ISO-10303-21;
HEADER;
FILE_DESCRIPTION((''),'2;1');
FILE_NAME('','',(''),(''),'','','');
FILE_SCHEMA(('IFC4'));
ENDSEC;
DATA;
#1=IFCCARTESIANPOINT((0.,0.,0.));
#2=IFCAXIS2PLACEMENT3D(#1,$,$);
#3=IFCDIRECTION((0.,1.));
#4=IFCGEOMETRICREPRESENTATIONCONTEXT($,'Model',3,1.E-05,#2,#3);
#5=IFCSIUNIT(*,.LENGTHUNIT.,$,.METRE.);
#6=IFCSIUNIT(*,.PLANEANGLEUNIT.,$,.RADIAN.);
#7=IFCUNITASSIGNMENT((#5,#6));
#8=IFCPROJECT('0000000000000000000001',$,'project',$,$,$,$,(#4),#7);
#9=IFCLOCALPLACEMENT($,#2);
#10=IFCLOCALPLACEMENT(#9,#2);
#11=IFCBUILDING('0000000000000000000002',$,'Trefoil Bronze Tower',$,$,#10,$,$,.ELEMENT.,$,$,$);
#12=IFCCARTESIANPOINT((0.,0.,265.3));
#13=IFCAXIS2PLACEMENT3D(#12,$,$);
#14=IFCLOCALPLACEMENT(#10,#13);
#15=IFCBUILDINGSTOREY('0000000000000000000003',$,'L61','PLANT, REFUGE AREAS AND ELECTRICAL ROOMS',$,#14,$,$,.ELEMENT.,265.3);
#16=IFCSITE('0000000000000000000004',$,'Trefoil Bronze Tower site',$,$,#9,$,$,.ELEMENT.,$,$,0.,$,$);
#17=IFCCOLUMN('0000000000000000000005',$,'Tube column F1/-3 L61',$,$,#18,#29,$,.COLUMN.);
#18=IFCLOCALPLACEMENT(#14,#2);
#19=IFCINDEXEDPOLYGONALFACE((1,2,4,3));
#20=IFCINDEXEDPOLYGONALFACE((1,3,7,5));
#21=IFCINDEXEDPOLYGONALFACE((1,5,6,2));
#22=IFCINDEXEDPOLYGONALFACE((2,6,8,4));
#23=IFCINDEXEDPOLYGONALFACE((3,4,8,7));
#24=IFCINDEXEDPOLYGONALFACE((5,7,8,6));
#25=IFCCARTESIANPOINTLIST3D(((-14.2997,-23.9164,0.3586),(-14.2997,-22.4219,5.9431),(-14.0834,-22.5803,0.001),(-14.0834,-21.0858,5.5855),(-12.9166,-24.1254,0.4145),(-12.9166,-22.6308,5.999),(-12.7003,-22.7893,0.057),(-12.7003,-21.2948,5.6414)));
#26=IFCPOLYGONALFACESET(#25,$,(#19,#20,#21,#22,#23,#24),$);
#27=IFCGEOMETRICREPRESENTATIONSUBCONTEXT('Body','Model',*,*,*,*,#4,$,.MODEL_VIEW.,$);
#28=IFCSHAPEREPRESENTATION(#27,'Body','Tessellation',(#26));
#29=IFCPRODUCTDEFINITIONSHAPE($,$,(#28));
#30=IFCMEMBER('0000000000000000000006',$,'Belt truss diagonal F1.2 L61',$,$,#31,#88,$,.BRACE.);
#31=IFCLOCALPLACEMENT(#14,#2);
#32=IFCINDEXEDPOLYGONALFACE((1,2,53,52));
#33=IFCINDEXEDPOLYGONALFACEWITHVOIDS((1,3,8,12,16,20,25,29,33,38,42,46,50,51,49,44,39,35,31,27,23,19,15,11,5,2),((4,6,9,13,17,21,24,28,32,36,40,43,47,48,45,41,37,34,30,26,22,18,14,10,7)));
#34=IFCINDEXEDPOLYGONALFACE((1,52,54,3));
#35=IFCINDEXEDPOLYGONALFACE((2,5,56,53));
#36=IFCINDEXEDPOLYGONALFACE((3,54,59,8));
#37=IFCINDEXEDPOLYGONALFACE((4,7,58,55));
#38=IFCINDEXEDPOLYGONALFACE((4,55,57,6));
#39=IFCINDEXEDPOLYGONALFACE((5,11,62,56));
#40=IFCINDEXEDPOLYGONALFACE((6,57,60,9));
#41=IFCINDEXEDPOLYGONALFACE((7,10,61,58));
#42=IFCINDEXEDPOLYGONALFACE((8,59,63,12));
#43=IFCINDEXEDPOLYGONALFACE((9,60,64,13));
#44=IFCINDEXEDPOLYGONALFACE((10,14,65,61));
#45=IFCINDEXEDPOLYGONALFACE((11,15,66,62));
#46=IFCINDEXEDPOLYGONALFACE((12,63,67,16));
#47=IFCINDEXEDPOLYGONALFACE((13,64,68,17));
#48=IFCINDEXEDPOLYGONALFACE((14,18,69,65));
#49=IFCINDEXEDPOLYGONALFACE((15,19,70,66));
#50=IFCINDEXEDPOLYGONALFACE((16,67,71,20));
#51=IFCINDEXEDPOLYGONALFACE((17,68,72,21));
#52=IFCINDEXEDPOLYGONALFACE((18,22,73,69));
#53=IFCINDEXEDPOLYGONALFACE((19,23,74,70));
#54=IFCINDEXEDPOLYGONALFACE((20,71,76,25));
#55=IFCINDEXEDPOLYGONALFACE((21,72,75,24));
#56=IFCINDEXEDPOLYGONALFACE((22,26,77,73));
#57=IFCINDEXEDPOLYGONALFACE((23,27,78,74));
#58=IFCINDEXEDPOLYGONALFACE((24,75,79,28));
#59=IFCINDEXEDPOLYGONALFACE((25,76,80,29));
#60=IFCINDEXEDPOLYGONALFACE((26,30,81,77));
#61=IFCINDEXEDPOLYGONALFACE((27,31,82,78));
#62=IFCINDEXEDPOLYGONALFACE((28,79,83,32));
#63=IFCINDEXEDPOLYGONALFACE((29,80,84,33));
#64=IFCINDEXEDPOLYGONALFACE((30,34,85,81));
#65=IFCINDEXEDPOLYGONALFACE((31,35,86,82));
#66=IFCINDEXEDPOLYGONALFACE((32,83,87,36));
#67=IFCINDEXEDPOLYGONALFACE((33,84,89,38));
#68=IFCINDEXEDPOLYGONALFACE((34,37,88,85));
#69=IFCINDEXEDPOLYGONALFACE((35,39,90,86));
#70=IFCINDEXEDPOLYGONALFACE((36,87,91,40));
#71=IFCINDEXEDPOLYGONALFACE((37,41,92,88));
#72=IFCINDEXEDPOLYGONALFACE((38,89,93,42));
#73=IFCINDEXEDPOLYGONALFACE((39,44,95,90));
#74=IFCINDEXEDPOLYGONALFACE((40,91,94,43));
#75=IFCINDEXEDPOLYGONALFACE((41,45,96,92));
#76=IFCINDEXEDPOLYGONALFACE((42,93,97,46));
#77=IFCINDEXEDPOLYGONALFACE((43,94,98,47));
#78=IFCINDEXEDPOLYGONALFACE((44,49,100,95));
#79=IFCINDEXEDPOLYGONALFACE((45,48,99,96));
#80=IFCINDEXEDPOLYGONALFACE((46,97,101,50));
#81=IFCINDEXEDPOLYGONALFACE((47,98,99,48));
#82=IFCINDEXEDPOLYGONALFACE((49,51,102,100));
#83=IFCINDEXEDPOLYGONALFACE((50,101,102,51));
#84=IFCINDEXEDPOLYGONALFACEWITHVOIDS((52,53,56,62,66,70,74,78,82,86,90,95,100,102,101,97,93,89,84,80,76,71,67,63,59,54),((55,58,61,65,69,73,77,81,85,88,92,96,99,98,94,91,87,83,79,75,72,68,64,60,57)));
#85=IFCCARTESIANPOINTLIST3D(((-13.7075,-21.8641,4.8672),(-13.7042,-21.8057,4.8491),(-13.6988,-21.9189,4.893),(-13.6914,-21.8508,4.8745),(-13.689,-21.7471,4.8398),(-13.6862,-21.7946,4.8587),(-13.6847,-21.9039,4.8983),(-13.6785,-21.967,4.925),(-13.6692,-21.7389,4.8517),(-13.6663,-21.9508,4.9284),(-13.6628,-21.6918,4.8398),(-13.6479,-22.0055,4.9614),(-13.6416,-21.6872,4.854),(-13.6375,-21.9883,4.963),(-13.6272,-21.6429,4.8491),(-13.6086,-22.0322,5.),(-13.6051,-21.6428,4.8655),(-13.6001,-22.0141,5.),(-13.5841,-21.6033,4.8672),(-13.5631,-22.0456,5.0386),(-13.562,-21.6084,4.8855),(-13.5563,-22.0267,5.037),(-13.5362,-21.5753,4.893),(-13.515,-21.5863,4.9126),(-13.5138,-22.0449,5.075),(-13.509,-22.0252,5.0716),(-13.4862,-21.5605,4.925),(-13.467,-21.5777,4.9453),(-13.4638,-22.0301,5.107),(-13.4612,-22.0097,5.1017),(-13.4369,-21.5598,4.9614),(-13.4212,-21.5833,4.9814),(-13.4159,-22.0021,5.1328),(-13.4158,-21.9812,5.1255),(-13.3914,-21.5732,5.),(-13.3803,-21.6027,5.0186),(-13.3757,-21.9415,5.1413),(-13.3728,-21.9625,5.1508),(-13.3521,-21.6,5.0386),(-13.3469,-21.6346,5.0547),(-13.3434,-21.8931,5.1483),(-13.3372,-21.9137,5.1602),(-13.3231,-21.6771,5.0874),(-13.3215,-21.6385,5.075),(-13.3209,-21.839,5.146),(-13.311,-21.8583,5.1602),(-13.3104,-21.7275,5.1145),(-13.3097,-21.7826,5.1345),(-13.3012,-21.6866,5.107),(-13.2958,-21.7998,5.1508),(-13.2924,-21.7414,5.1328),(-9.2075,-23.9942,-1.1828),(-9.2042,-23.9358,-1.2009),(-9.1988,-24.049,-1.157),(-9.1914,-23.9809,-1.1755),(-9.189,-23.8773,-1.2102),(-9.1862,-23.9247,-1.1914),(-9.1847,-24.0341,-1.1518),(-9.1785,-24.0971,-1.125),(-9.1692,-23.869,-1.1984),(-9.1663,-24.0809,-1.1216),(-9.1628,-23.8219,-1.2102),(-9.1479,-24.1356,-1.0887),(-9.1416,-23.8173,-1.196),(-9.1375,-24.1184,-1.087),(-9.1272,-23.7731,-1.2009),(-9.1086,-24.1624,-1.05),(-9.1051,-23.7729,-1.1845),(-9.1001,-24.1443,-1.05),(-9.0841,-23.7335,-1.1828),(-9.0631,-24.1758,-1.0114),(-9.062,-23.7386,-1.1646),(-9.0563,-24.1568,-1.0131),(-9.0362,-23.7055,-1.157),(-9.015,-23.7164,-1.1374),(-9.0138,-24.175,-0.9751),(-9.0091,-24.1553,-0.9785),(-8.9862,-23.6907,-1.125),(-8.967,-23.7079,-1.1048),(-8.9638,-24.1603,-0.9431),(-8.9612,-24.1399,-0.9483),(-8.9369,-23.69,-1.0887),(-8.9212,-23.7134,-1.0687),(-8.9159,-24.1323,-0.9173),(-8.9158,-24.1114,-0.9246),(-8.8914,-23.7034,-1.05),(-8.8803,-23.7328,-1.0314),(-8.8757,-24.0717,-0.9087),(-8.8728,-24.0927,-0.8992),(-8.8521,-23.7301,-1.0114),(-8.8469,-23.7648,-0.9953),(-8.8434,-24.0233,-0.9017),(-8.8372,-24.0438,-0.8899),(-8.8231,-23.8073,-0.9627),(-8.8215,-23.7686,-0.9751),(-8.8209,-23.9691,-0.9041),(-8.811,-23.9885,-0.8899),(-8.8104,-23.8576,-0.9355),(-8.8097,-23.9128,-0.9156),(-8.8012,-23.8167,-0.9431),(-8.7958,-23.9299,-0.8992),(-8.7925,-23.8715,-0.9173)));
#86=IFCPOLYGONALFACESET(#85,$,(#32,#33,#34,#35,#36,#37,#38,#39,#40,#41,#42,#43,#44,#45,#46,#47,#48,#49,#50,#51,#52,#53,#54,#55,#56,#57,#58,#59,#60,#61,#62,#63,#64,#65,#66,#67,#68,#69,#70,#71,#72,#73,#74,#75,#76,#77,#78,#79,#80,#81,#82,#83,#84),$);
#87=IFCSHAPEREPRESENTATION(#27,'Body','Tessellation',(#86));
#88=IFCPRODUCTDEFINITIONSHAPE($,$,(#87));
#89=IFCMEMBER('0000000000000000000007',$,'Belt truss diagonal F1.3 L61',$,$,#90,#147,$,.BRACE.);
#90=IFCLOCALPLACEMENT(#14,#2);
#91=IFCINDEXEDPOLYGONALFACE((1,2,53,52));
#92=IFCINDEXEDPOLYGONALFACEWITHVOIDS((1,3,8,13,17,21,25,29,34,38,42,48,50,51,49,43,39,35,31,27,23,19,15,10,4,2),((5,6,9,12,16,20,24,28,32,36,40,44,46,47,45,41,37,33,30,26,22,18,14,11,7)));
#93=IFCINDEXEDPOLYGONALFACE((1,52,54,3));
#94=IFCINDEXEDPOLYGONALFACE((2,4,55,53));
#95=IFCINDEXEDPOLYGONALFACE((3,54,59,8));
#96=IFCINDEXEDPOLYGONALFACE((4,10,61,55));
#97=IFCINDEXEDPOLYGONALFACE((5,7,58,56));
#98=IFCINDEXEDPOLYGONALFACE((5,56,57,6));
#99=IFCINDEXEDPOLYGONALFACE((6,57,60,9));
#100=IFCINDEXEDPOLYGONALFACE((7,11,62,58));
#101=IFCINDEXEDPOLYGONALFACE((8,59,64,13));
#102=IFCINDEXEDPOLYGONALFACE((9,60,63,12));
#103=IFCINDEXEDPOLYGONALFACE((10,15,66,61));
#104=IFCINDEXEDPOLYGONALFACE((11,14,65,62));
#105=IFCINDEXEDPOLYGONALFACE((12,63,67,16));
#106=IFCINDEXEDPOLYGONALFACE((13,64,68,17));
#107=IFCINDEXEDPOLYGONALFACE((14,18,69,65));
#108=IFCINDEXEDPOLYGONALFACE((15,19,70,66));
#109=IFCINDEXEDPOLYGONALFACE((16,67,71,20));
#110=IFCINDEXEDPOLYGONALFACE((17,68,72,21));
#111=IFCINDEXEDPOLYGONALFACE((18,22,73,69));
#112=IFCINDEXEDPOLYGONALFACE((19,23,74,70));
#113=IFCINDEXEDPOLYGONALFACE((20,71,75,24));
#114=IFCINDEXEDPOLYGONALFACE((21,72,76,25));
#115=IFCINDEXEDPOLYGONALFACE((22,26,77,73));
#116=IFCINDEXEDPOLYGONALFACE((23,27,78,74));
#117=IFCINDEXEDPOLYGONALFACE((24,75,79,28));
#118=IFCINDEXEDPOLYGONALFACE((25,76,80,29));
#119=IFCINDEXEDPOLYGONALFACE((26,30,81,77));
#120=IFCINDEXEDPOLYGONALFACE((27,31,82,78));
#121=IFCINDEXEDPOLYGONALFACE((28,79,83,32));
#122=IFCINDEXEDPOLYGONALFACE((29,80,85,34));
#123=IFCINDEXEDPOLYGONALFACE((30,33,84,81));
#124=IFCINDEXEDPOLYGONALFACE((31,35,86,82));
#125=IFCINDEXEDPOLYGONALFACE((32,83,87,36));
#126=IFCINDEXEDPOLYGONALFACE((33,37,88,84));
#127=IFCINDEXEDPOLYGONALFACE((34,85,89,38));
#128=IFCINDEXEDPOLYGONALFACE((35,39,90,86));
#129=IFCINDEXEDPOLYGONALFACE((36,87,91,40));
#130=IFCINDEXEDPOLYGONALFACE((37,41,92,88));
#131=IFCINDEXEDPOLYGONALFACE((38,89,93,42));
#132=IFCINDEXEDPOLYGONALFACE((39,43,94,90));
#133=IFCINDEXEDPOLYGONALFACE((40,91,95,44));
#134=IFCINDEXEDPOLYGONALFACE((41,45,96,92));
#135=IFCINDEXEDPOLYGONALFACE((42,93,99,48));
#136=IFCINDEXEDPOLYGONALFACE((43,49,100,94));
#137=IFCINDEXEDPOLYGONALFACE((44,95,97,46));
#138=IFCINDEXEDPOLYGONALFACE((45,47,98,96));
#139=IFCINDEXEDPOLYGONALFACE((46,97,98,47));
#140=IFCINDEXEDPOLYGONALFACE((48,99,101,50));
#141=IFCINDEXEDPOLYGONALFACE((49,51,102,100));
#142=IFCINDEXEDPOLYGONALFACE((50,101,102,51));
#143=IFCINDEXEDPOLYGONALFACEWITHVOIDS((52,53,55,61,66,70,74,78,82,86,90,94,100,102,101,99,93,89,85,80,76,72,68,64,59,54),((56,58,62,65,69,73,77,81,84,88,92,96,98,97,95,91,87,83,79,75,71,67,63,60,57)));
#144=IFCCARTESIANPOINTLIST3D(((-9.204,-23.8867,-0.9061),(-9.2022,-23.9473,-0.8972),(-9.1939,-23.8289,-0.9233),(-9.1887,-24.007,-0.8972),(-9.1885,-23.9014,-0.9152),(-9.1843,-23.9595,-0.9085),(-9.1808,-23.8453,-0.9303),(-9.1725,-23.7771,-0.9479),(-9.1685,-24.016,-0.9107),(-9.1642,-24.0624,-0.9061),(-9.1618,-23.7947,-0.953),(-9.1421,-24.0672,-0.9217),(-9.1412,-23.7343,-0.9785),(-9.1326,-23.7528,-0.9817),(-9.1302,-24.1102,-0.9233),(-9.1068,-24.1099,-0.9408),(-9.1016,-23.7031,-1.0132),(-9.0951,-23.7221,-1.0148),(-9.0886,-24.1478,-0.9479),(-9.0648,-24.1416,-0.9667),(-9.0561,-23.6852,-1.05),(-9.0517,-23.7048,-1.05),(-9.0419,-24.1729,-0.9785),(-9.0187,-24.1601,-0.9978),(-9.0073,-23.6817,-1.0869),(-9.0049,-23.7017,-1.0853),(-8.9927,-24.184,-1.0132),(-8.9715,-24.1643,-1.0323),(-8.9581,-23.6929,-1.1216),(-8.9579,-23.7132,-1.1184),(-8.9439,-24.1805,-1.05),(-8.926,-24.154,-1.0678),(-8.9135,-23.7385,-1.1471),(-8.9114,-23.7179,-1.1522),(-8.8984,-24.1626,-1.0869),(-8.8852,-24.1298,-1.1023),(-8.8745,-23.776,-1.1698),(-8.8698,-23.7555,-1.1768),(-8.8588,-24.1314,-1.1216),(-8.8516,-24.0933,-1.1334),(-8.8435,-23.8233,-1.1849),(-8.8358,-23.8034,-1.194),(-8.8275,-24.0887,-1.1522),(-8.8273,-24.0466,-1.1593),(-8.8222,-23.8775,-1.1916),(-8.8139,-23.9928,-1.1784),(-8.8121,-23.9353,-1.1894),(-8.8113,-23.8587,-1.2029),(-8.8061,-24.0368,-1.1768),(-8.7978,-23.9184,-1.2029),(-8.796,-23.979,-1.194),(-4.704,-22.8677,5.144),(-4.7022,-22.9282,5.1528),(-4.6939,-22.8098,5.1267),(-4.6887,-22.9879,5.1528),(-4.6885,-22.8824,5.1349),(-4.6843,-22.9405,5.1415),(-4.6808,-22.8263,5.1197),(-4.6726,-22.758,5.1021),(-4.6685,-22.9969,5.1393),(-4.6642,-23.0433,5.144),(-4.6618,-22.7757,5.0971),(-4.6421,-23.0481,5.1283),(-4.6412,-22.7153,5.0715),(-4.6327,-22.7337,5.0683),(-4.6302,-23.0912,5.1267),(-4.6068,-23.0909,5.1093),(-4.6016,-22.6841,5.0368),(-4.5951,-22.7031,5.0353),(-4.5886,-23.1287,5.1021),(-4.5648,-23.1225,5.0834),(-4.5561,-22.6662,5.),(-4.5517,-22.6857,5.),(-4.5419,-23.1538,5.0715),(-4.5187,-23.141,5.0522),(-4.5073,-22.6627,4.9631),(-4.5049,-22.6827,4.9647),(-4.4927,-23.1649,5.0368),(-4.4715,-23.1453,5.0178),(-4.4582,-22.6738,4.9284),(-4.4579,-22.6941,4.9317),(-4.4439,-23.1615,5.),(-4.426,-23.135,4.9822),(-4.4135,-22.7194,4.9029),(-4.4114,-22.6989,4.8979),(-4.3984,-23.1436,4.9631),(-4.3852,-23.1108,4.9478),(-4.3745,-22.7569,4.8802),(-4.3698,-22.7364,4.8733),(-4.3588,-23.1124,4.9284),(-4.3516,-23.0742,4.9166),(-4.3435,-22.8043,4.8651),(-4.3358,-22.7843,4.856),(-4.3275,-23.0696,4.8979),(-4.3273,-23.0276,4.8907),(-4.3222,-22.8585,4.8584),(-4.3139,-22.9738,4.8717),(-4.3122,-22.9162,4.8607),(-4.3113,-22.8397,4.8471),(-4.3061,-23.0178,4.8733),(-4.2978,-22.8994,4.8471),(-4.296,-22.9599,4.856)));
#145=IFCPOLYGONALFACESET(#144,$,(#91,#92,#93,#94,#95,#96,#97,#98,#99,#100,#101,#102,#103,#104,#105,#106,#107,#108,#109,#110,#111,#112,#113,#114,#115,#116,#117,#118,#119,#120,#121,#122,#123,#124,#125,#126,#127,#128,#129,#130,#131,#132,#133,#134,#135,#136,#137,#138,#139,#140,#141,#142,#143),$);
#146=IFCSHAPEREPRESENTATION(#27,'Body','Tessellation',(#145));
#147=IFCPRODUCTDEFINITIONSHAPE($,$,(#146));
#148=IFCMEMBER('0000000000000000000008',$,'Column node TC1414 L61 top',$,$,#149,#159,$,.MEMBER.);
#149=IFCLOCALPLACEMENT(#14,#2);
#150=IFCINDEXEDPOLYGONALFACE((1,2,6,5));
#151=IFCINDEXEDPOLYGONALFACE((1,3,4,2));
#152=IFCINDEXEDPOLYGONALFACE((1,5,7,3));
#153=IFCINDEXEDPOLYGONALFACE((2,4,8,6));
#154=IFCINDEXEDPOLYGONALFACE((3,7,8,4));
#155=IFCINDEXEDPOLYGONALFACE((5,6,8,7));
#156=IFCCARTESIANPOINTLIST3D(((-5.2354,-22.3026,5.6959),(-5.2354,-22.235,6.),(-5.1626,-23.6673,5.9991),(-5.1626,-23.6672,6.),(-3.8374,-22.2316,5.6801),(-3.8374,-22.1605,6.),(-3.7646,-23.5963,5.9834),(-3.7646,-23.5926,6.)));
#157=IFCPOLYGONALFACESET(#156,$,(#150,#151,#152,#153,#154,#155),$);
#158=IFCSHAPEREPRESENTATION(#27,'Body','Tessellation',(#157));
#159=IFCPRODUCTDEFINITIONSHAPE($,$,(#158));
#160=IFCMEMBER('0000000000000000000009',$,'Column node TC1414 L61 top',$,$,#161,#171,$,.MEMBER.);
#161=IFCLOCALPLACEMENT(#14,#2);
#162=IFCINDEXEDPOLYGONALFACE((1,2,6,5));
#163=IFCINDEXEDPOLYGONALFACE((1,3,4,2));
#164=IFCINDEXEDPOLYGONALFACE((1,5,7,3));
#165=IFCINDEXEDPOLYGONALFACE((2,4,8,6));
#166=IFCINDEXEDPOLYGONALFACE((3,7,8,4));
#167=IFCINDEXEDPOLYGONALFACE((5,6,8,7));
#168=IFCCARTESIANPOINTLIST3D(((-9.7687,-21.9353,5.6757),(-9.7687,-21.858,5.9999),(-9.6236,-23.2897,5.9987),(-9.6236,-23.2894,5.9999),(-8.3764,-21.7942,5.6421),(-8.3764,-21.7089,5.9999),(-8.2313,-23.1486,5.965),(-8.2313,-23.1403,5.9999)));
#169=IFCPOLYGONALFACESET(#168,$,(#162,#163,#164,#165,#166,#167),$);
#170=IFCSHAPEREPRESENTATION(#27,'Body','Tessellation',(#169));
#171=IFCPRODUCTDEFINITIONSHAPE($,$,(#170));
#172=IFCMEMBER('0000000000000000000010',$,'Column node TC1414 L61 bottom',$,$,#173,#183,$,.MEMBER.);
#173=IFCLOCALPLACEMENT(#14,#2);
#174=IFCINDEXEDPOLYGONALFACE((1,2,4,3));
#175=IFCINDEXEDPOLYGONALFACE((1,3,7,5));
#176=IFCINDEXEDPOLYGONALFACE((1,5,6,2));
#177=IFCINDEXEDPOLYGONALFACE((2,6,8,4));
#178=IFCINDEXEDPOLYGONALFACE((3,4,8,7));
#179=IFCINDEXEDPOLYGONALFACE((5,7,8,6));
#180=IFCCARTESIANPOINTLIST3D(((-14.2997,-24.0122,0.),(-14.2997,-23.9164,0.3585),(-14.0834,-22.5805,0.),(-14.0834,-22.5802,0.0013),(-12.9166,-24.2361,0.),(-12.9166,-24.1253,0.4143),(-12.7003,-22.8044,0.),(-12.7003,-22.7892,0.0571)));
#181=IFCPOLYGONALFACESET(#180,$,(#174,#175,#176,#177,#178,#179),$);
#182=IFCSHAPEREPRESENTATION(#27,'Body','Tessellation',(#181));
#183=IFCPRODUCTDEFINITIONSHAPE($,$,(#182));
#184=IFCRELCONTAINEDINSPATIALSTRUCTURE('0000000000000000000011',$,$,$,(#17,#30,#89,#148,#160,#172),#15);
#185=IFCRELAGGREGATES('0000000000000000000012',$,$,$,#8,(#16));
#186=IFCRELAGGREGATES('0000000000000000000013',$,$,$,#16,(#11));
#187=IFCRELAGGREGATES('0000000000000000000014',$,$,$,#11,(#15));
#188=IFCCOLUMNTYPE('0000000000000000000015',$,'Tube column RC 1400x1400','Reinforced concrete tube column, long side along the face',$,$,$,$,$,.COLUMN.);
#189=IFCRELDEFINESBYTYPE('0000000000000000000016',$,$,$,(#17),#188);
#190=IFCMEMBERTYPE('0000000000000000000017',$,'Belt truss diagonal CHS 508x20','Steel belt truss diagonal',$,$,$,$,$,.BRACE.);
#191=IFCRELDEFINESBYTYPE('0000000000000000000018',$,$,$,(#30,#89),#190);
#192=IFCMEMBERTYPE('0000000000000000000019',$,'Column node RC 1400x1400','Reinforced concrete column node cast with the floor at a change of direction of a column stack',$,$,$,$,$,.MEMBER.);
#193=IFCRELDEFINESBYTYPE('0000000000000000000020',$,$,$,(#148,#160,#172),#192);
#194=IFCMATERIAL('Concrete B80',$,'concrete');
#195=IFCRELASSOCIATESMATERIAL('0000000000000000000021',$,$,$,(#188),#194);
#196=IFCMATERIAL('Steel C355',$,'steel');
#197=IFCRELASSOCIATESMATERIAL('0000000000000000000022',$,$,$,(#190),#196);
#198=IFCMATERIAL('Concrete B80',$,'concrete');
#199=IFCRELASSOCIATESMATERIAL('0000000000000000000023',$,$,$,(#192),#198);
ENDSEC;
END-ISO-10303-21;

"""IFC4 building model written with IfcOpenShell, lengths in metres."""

from ifc_helpers import new_model, si_unit, direction, frame, origin, origin_2d, place, context, subcontext, project, spatial, rectangle, hollow_circle, extrude, clip, halfspace, material, material_profile, profile_set, type_object, element, save


model = new_model("IFC4")

# Units and contexts
model_context = context("Model", 3, precision=1e-05, world=origin(), true_north=direction((0.0, 1.0)))
body_context = subcontext(model_context, "Body", "Model", "MODEL_VIEW")
ifc_project = project(units=[si_unit("LENGTHUNIT", "METRE"), si_unit("PLANEANGLEUNIT", "RADIAN")], contexts=[model_context])

# Site, building, storey
site_placement = place(None, origin())
site = spatial("IfcSite", under=ifc_project, at=site_placement, Name="Trefoil Bronze Tower site", CompositionType="ELEMENT", RefElevation=0.0)
building_placement = place(site_placement, origin())
building = spatial("IfcBuilding", under=site, at=building_placement, Name="Trefoil Bronze Tower", CompositionType="ELEMENT")
storey_placement = place(building_placement, frame((0.0, 0.0, 265.3)))
storey = spatial("IfcBuildingStorey", under=building, at=storey_placement, Name="L61", Description="PLANT, REFUGE AREAS AND ELECTRICAL ROOMS", CompositionType="ELEMENT", Elevation=265.3)

# Column
ifc_material_1 = material(Name="Concrete B80", Category="concrete")
ifc_material_profile_1 = material_profile(ifc_material_1, rectangle(XDim=1.3999, YDim=1.3999, at=origin_2d()), Name="RC 1400x1400")
ifc_profile_set_1 = profile_set([ifc_material_profile_1], Name="Concrete B80")
column_type = type_object("IfcColumnType", Name="Tube column RC 1400x1400", Description="Reinforced concrete tube column, long side along the face", PredefinedType="COLUMN", material=ifc_profile_set_1)
column_placement = place(storey_placement, frame((-13.5, -23.4084, 0.0), z_axis=(0.0, 0.258521, 0.966006), x_axis=(0.987992, -0.149254, 0.039943)))
element("IfcColumn", 1, at=column_placement, inside=storey, type_object=column_type, Name="Tube column F1/-3 L61", PredefinedType="COLUMN", context=body_context, shape_type="Clipping", body=[
    clip(clip(extrude(rectangle(XDim=1.3999, YDim=1.3999, at=origin_2d()), origin(), (0.0, 0.0, 1.0), 6.2112), halfspace(frame((0.0, 0.0, 0.2151), z_axis=(0.000002, -0.00001, 1.0), x_axis=(0.0, 1.0, 0.00001)), True)), halfspace(frame((0.0, 0.0, 5.9961), z_axis=(-0.000002, 0.00001, -1.0), x_axis=(0.0, -1.0, -0.00001)), True)),
])

# Members
ifc_material_2 = material(Name="Steel C355", Category="steel")
ifc_material_profile_2 = material_profile(ifc_material_2, hollow_circle(Radius=0.2539, WallThickness=0.02, at=origin_2d()), Name="CHS 508x20")
ifc_profile_set_2 = profile_set([ifc_material_profile_2], Name="Steel C355")
member_type_1 = type_object("IfcMemberType", Name="Belt truss diagonal CHS 508x20", Description="Steel belt truss diagonal", PredefinedType="BRACE", material=ifc_profile_set_2)
member_1_placement = place(storey_placement, frame((-9.0, -23.9329, -1.05), z_axis=(-0.57433, 0.271866, 0.772162), x_axis=(-0.427848, -0.903851, 0.0)))
element("IfcMember", 2, at=member_1_placement, inside=storey, type_object=member_type_1, Name="Belt truss diagonal F1.2 L61", PredefinedType="BRACE", context=body_context, shape_type="SweptSolid", body=[
    extrude(hollow_circle(Radius=0.2539, WallThickness=0.02, at=origin_2d()), origin(), (0.0, 0.0, 1.0), 7.8352),
])
member_2_placement = place(storey_placement, frame((-9.0, -23.9329, -1.05), z_axis=(0.591432, 0.133932, 0.795154), x_axis=(-0.220862, 0.975305, 0.0)))
element("IfcMember", 3, at=member_2_placement, inside=storey, type_object=member_type_1, Name="Belt truss diagonal F1.3 L61", PredefinedType="BRACE", context=body_context, shape_type="SweptSolid", body=[
    extrude(hollow_circle(Radius=0.2539, WallThickness=0.02, at=origin_2d()), origin(), (0.0, 0.0, 1.0), 7.6086),
])
ifc_material_3 = material(Name="Concrete B80", Category="concrete")
ifc_material_profile_3 = material_profile(ifc_material_3, rectangle(XDim=1.3999, YDim=1.3999, at=origin_2d()), Name="RC 1400x1400")
ifc_profile_set_3 = profile_set([ifc_material_profile_3], Name="Concrete B80")
member_type_2 = type_object("IfcMemberType", Name="Column node RC 1400x1400", Description="Reinforced concrete column node cast with the floor at a change of direction of a column stack", PredefinedType="MEMBER", material=ifc_profile_set_3)
member_3_placement = place(storey_placement, frame((-4.5, -22.8782, 6.1604), z_axis=(0.0, -0.21693, -0.976187), x_axis=(-0.998647, -0.050755, 0.011279)))
element("IfcMember", 4, at=member_3_placement, inside=storey, type_object=member_type_2, Name="Column node TC1414 L61 top", PredefinedType="MEMBER", context=body_context, shape_type="Clipping", body=[
    clip(extrude(rectangle(XDim=1.3999, YDim=1.3999, at=origin_2d()), origin(), (0.0, 0.0, 1.0), 0.3286), halfspace(frame((0.0, 0.0, 0.1643), z_axis=(-0.011279, 0.216637, 0.976187), x_axis=(0.0, 0.976249, -0.216651)), True)),
])
member_4_placement = place(storey_placement, frame((-9.0, -22.4563, 6.1797), z_axis=(0.0, -0.231948, -0.972728), x_axis=(-0.994615, -0.10081, 0.024038)))
element("IfcMember", 5, at=member_4_placement, inside=storey, type_object=member_type_2, Name="Column node TC1414 L61 top", PredefinedType="MEMBER", context=body_context, shape_type="Clipping", body=[
    clip(extrude(rectangle(XDim=1.3999, YDim=1.3999, at=origin_2d()), origin(), (0.0, 0.0, 1.0), 0.3694), halfspace(frame((0.0, 0.0, 0.1848), z_axis=(-0.024038, 0.230699, 0.972728), x_axis=(0.0, 0.973009, -0.230766)), True)),
])
member_5_placement = place(storey_placement, frame((-13.5, -23.4639, -0.2078), z_axis=(0.0, 0.258263, 0.966075), x_axis=(0.987992, -0.149265, 0.039903)))
element("IfcMember", 6, at=member_5_placement, inside=storey, type_object=member_type_2, Name="Column node TC1414 L61 bottom", PredefinedType="MEMBER", context=body_context, shape_type="Clipping", body=[
    clip(extrude(rectangle(XDim=1.3999, YDim=1.3999, at=origin_2d()), origin(), (0.0, 0.0, 1.0), 0.4302), halfspace(frame((0.0, 0.0, 0.2151), z_axis=(0.039903, -0.255162, 0.966075), x_axis=(0.0, 0.966845, 0.255365)), True)),
])

save(model, "model.ifc")
